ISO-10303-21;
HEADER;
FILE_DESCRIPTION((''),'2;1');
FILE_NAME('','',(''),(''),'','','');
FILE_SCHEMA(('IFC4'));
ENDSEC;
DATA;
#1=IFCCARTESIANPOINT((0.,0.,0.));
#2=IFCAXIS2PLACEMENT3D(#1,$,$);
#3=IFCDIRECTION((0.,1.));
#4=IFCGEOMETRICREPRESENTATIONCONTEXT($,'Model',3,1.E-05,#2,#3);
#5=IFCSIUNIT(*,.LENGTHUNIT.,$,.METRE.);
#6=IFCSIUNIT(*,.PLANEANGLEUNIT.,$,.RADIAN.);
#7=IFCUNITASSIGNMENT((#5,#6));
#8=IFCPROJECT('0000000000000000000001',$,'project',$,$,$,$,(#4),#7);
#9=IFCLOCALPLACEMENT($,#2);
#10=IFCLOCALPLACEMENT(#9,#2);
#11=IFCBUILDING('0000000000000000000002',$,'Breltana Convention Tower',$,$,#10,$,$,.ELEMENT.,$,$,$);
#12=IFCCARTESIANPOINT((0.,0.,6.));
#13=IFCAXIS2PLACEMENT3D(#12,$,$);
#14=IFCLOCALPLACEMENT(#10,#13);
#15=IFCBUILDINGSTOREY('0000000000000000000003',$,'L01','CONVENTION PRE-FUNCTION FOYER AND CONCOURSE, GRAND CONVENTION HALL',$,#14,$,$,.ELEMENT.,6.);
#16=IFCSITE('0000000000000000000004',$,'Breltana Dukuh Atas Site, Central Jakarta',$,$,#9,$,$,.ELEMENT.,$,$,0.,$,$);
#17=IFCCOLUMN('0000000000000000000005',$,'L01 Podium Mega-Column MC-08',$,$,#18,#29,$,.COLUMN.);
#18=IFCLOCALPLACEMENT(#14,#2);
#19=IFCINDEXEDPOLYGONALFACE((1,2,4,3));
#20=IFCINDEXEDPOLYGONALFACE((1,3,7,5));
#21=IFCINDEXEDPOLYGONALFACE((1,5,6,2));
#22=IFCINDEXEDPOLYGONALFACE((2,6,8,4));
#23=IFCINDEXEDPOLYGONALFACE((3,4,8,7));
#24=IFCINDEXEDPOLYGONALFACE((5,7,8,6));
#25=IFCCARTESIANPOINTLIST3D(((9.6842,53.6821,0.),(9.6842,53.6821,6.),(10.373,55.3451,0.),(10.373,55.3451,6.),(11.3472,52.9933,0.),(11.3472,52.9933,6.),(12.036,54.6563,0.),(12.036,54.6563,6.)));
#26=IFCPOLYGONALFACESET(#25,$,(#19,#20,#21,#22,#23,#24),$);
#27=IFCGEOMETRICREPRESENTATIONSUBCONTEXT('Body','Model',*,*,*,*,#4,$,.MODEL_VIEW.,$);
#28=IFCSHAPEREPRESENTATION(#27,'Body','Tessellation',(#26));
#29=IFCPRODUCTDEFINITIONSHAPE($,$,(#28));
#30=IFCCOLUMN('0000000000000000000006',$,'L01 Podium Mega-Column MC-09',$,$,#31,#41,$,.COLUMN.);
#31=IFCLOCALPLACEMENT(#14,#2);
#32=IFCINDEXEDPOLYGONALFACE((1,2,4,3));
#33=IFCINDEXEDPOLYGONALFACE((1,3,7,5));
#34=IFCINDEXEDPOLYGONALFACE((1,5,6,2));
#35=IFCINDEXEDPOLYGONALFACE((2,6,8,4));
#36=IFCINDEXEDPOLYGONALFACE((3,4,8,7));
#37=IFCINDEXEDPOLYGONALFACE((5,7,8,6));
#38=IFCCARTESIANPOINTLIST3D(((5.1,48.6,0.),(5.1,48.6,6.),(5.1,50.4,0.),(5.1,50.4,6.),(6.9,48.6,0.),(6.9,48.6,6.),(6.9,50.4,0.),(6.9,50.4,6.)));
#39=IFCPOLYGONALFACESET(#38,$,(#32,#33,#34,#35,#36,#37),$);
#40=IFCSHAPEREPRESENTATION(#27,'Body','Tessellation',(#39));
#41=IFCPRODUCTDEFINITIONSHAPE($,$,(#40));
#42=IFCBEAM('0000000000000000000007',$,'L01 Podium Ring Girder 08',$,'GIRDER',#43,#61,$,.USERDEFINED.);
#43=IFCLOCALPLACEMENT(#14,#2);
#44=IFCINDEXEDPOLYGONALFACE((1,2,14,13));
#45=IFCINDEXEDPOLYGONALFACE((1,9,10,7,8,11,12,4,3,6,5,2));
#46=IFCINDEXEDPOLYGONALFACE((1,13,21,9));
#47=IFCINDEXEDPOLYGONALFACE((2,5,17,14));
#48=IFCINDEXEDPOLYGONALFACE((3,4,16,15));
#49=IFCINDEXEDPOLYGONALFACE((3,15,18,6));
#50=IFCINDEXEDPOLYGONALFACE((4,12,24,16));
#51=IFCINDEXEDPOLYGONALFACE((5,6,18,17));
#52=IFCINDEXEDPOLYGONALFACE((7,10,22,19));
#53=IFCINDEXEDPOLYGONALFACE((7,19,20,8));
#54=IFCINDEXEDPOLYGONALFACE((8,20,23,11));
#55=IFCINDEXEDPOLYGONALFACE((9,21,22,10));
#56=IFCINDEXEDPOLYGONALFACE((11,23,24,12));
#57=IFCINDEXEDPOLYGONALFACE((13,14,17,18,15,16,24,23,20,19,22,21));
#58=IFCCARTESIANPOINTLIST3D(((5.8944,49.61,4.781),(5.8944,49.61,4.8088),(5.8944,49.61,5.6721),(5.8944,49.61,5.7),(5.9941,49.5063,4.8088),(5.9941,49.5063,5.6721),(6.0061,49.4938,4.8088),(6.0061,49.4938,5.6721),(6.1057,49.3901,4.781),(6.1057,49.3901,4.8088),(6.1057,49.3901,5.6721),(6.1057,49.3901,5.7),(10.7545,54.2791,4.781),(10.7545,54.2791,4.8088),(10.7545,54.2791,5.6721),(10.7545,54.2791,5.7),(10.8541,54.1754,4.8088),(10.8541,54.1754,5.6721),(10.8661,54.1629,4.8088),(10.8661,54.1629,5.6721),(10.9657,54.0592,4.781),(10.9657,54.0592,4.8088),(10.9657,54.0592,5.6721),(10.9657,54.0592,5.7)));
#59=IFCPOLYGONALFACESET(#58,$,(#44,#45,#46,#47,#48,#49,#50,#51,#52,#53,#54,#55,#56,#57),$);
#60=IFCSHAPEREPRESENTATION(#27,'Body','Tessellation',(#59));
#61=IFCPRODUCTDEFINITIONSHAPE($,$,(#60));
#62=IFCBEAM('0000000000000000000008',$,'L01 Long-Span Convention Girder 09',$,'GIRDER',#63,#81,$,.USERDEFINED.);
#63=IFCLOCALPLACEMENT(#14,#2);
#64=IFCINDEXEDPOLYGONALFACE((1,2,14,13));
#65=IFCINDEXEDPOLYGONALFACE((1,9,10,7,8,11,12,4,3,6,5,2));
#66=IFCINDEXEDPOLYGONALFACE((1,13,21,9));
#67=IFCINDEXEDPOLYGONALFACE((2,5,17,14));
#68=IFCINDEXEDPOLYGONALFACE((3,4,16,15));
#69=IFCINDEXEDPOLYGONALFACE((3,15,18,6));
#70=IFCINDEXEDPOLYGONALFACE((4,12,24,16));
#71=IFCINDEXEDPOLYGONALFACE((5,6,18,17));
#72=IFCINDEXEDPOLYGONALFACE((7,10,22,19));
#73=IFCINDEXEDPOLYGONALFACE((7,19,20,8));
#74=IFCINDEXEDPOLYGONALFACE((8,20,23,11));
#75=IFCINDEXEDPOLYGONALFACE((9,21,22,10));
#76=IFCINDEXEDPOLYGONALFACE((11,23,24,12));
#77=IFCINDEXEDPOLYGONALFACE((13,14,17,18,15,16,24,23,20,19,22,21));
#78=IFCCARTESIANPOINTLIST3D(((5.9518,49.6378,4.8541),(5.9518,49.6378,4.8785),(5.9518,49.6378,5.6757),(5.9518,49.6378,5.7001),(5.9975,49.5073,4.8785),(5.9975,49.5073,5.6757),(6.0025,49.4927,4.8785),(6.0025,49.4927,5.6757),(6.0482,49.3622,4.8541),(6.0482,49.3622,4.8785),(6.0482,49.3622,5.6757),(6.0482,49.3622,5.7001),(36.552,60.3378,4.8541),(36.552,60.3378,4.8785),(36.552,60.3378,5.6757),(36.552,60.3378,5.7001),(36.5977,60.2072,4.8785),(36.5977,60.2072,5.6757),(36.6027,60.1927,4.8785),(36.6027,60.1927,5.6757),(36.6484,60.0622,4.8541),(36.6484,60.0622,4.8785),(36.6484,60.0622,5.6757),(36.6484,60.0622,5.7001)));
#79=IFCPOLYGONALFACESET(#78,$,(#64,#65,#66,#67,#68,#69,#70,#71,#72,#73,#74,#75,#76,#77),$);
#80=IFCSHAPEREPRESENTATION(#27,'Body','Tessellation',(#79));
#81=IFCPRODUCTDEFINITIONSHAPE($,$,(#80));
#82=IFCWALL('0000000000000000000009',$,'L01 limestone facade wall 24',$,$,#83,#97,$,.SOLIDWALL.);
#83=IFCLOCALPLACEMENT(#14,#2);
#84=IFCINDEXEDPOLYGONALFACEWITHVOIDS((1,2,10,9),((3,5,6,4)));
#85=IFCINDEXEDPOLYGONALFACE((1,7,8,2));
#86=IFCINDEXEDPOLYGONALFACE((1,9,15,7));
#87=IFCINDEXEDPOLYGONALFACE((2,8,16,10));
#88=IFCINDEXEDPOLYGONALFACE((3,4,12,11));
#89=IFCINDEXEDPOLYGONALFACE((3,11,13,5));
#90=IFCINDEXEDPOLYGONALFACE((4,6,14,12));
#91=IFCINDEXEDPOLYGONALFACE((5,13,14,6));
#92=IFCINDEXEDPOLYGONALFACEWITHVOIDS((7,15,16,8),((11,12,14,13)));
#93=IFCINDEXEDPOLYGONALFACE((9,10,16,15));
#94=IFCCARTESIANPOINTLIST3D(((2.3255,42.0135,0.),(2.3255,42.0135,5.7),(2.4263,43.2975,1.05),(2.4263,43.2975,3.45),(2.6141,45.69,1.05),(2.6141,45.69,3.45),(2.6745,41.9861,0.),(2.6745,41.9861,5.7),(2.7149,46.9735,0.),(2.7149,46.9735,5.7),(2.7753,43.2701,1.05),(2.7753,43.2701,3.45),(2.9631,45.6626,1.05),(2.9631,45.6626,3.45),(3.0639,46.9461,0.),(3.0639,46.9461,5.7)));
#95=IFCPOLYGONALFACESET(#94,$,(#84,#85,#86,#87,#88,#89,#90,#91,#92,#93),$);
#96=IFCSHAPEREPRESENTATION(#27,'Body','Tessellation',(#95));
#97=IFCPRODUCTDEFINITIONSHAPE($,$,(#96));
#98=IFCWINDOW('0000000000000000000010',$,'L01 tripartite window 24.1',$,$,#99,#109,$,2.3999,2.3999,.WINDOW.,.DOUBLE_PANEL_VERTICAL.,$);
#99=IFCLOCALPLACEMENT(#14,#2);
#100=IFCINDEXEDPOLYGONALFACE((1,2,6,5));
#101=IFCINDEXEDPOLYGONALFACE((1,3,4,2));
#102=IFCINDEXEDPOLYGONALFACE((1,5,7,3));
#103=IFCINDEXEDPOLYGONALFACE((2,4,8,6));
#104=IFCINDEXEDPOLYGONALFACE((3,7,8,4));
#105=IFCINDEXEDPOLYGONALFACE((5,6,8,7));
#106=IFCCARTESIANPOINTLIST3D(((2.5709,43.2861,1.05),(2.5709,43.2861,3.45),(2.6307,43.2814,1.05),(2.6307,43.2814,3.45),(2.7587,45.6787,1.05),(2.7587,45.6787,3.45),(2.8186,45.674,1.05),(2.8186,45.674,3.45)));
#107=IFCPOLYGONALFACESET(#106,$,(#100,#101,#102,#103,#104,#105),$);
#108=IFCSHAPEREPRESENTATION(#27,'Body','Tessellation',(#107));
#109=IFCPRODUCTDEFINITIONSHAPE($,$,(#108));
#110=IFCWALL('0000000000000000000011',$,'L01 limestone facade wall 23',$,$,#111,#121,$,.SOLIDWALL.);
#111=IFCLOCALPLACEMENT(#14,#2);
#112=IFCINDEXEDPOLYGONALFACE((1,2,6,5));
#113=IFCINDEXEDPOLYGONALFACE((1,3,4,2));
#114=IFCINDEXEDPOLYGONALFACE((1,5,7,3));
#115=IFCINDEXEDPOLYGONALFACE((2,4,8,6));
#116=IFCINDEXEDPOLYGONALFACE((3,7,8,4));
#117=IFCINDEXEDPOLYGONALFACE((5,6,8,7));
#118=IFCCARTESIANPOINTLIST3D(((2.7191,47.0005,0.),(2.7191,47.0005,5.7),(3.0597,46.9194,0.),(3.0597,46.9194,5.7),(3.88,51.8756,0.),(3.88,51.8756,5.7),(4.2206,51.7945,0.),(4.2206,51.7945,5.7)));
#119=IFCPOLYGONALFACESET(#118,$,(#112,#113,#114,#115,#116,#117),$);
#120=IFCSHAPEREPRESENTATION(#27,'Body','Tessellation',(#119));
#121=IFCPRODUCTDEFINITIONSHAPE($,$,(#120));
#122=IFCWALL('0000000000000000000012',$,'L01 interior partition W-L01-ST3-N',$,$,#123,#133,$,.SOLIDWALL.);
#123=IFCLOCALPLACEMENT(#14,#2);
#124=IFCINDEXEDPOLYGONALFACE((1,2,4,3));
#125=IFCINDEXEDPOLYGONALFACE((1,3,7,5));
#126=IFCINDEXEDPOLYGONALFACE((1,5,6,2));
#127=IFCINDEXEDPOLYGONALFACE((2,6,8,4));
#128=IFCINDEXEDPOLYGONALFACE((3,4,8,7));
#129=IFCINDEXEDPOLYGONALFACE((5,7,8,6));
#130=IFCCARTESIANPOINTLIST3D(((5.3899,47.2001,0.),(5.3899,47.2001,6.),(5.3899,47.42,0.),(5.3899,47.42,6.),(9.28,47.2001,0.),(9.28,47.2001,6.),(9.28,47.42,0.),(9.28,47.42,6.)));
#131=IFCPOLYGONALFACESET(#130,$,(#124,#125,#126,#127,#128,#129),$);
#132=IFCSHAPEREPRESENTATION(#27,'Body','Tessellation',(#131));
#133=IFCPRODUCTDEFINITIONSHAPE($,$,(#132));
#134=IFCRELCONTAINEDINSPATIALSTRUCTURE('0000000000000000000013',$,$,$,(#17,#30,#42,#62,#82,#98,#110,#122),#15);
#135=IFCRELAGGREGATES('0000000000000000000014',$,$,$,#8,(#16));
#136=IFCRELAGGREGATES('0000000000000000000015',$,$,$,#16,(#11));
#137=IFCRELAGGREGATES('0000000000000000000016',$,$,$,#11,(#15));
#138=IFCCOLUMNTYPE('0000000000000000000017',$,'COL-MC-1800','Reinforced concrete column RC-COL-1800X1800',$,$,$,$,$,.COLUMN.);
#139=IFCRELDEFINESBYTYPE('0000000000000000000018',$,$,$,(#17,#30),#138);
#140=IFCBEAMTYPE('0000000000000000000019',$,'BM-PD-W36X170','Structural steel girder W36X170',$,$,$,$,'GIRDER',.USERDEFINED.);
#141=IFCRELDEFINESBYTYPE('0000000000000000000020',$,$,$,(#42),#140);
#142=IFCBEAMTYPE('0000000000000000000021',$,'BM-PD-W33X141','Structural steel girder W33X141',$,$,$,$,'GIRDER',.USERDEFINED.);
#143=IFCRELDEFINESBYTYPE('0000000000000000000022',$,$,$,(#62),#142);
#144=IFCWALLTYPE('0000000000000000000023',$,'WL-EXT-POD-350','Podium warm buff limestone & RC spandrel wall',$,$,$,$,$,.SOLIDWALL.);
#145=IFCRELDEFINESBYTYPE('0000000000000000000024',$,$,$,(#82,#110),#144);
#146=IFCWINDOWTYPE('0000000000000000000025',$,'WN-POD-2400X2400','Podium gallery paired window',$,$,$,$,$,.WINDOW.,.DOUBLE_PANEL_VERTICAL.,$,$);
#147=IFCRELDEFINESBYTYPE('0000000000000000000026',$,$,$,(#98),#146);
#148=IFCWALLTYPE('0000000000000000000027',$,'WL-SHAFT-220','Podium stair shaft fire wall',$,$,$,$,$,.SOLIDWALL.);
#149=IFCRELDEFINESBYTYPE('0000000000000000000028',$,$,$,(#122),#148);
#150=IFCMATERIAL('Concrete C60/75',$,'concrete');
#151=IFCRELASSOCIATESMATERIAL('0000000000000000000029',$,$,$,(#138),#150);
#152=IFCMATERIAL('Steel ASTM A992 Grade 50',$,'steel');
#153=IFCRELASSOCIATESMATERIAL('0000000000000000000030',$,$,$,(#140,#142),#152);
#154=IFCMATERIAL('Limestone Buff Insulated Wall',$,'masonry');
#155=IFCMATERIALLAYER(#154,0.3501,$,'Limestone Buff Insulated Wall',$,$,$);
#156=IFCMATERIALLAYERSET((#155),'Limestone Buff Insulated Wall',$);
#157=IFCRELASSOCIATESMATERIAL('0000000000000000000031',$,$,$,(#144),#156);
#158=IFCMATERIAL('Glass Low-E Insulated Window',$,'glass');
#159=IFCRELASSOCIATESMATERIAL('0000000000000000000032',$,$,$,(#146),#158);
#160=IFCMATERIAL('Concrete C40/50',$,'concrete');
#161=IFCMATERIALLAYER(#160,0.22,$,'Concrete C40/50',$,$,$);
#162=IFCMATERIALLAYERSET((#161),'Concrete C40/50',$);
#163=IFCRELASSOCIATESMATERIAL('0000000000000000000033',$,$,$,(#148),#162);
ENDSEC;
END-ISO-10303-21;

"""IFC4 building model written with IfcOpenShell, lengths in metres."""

from ifc_helpers import new_model, si_unit, direction, frame, frame_2d, origin, origin_2d, place, context, subcontext, project, spatial, rectangle, i_section, extrude, source, transform, mapped, material, layer, layer_set, material_profile, profile_set, type_object, type_shapes, element, fill, save


model = new_model("IFC4")

# Units and contexts
model_context = context("Model", 3, precision=1e-05, world=origin(), true_north=direction((0.0, 1.0)))
body_context = subcontext(model_context, "Body", "Model", "MODEL_VIEW")
ifc_project = project(units=[si_unit("LENGTHUNIT", "METRE"), si_unit("PLANEANGLEUNIT", "RADIAN")], contexts=[model_context])

# Site, building, storey
site_placement = place(None, origin())
site = spatial("IfcSite", under=ifc_project, at=site_placement, Name="Breltana Dukuh Atas Site, Central Jakarta", CompositionType="ELEMENT", RefElevation=0.0)
building_placement = place(site_placement, origin())
building = spatial("IfcBuilding", under=site, at=building_placement, Name="Breltana Convention Tower", CompositionType="ELEMENT")
storey_placement = place(building_placement, frame((0.0, 0.0, 6.0)))
storey = spatial("IfcBuildingStorey", under=building, at=storey_placement, Name="L01", Description="CONVENTION PRE-FUNCTION FOYER AND CONCOURSE, GRAND CONVENTION HALL", CompositionType="ELEMENT", Elevation=6.0)

# Columns
ifc_material_1 = material(Name="Concrete C60/75", Category="concrete")
ifc_material_profile_1 = material_profile(ifc_material_1, rectangle(XDim=1.8, YDim=1.8, at=origin_2d()), Name="RC-COL-1800X1800")
ifc_profile_set_1 = profile_set([ifc_material_profile_1], Name="Concrete C60/75")
column_type = type_object("IfcColumnType", Name="COL-MC-1800", Description="Reinforced concrete column RC-COL-1800X1800", PredefinedType="COLUMN", material=ifc_profile_set_1)
shared_shape_1 = source(origin(), body_context, "Body", "SweptSolid", [
    extrude(rectangle(XDim=1.8, YDim=1.8, at=origin_2d()), origin(), (0.0, 0.0, 1.0), 6.0),
])
type_shapes(column_type, [shared_shape_1])
for number, where, z_axis, x_axis, name in (
    (1, (10.8601, 54.1692, 0.0), (0.0, 0.0, 1.0), (-0.92388, 0.382683, 0.0), "L01 Podium Mega-Column MC-08"),
    (2, (6.0, 49.5, 0.0), (0.0, 0.0, 1.0), (-1.0, 0.0, 0.0), "L01 Podium Mega-Column MC-09"),
):
    element("IfcColumn", number, at=place(storey_placement, frame(where, z_axis=z_axis, x_axis=x_axis)), inside=storey, type_object=column_type, Name=name, PredefinedType="COLUMN", context=body_context, shape_type="MappedRepresentation", body=[
        mapped(shared_shape_1, transform((0.0, 0.0, 0.0), scale=1.0)),
    ])

# Beams
ifc_material_2 = material(Name="Steel ASTM A992 Grade 50", Category="steel")
ifc_material_profile_2 = material_profile(ifc_material_2, i_section(OverallWidth=0.3049, OverallDepth=0.9189, WebThickness=0.0173, FlangeThickness=0.0278, at=origin_2d()), Name="W36X170")
ifc_profile_set_2 = profile_set([ifc_material_profile_2], Name="Steel ASTM A992 Grade 50")
beam_type_1 = type_object("IfcBeamType", Name="BM-PD-W36X170", Description="Structural steel girder W36X170", ElementType="GIRDER", PredefinedType="USERDEFINED", material=ifc_profile_set_2)
shared_shape_2 = source(origin(), body_context, "Body", "SweptSolid", [
    extrude(i_section(OverallWidth=0.3049, OverallDepth=0.9189, WebThickness=0.0173, FlangeThickness=0.0278, at=origin_2d()), origin(), (0.0, 0.0, 1.0), 6.7395),
])
type_shapes(beam_type_1, [shared_shape_2])
beam_1_placement = place(storey_placement, frame((10.8601, 54.1692, 5.2405), z_axis=(-0.721129, -0.692801, 0.0), x_axis=(0.692801, -0.721129, 0.0)))
element("IfcBeam", 3, at=beam_1_placement, inside=storey, type_object=beam_type_1, Name="L01 Podium Ring Girder 08", ObjectType="GIRDER", PredefinedType="USERDEFINED", context=body_context, shape_type="MappedRepresentation", body=[
    mapped(shared_shape_2, transform((0.0, 0.0, 0.0), scale=1.0)),
])
ifc_material_profile_3 = material_profile(ifc_material_2, i_section(OverallWidth=0.292, OverallDepth=0.8459, WebThickness=0.0154, FlangeThickness=0.0244, at=origin_2d()), Name="W33X141")
ifc_profile_set_3 = profile_set([ifc_material_profile_3], Name="Steel ASTM A992 Grade 50")
beam_type_2 = type_object("IfcBeamType", Name="BM-PD-W33X141", Description="Structural steel girder W33X141", ElementType="GIRDER", PredefinedType="USERDEFINED", material=ifc_profile_set_3)
shared_shape_3 = source(origin(), body_context, "Body", "SweptSolid", [
    extrude(i_section(OverallWidth=0.292, OverallDepth=0.8459, WebThickness=0.0154, FlangeThickness=0.0244, at=origin_2d()), origin(), (0.0, 0.0, 1.0), 32.417),
])
type_shapes(beam_type_2, [shared_shape_3])
beam_2_placement = place(storey_placement, frame((6.0, 49.5, 5.2771), z_axis=(0.943955, 0.330073, 0.0), x_axis=(-0.330073, 0.943955, 0.0)))
element("IfcBeam", 4, at=beam_2_placement, inside=storey, type_object=beam_type_2, Name="L01 Long-Span Convention Girder 09", ObjectType="GIRDER", PredefinedType="USERDEFINED", context=body_context, shape_type="MappedRepresentation", body=[
    mapped(shared_shape_3, transform((0.0, 0.0, 0.0), scale=1.0)),
])

# Wall, opening, window
ifc_material_3 = material(Name="Limestone Buff Insulated Wall", Category="masonry")
ifc_layer_1 = layer(ifc_material_3, 0.3501, Name="Limestone Buff Insulated Wall")
ifc_layer_set_1 = layer_set([ifc_layer_1], Name="Limestone Buff Insulated Wall")
wall_type_1 = type_object("IfcWallType", Name="WL-EXT-POD-350", Description="Podium warm buff limestone & RC spandrel wall", PredefinedType="SOLIDWALL", material=ifc_layer_set_1)
shared_shape_4 = source(origin(), body_context, "Body", "SweptSolid", [
    extrude(rectangle(XDim=4.9753, YDim=0.3501, at=frame_2d((2.4878, 0.0))), origin(), (0.0, 0.0, 1.0), 5.7),
])
type_shapes(wall_type_1, [shared_shape_4])
wall_1_placement = place(storey_placement, frame((2.8894, 46.96, 0.0), z_axis=(0.0, 0.0, 1.0), x_axis=(-0.078269, -0.996932, 0.0)))
wall_1 = element("IfcWall", 5, at=wall_1_placement, inside=storey, type_object=wall_type_1, Name="L01 limestone facade wall 24", PredefinedType="SOLIDWALL", context=body_context, shape_type="MappedRepresentation", body=[
    mapped(shared_shape_4, transform((0.0, 0.0, 0.0), scale=1.0)),
])
opening_1_placement = place(wall_1_placement, frame((1.2876, 0.0, 1.05)))
opening_1 = element("IfcOpeningElement", 6, at=opening_1_placement, cuts=wall_1, PredefinedType="OPENING", context=body_context, shape_type="SweptSolid", body=[
    extrude(rectangle(XDim=2.3999, YDim=2.3999, at=frame_2d((1.2, 1.2))), frame((0.0, 0.1851, 0.0), z_axis=(0.0, -1.0, 0.0), x_axis=(1.0, 0.0, 0.0)), (0.0, 0.0, 1.0), 0.3701),
])
ifc_material_4 = material(Name="Glass Low-E Insulated Window", Category="glass")
window_type = type_object("IfcWindowType", Name="WN-POD-2400X2400", Description="Podium gallery paired window", PartitioningType="DOUBLE_PANEL_VERTICAL", PredefinedType="WINDOW", material=ifc_material_4)
shared_shape_5 = source(origin(), body_context, "Body", "SweptSolid", [
    extrude(rectangle(XDim=2.3999, YDim=2.3999, at=frame_2d((1.2, 1.2))), frame((0.0, 0.03, 0.0), z_axis=(0.0, -1.0, 0.0), x_axis=(1.0, 0.0, 0.0)), (0.0, 0.0, 1.0), 0.0601),
])
type_shapes(window_type, [shared_shape_5])
window_placement = place(opening_1_placement, origin())
window = element("IfcWindow", 7, at=window_placement, inside=storey, type_object=window_type, Name="L01 tripartite window 24.1", OverallHeight=2.3999, OverallWidth=2.3999, PartitioningType="DOUBLE_PANEL_VERTICAL", PredefinedType="WINDOW", context=body_context, shape_type="MappedRepresentation", body=[
    mapped(shared_shape_5, transform((0.0, 0.0, 0.0), scale=1.0)),
])
fill(opening_1, window)

# Walls
shared_shape_6 = source(origin(), body_context, "Body", "SweptSolid", [
    extrude(rectangle(XDim=5.0115, YDim=0.3501, at=frame_2d((2.5059, 0.0))), origin(), (0.0, 0.0, 1.0), 5.7),
])
wall_2_placement = place(storey_placement, frame((4.0503, 51.8352, 0.0), z_axis=(0.0, 0.0, 1.0), x_axis=(-0.231642, -0.972801, 0.0)))
element("IfcWall", 8, at=wall_2_placement, inside=storey, type_object=wall_type_1, Name="L01 limestone facade wall 23", PredefinedType="SOLIDWALL", context=body_context, shape_type="MappedRepresentation", body=[
    mapped(shared_shape_6, transform((0.0, 0.0, 0.0), scale=1.0)),
])
ifc_material_5 = material(Name="Concrete C40/50", Category="concrete")
ifc_layer_2 = layer(ifc_material_5, 0.22, Name="Concrete C40/50")
ifc_layer_set_2 = layer_set([ifc_layer_2], Name="Concrete C40/50")
wall_type_2 = type_object("IfcWallType", Name="WL-SHAFT-220", Description="Podium stair shaft fire wall", PredefinedType="SOLIDWALL", material=ifc_layer_set_2)
shared_shape_7 = source(origin(), body_context, "Body", "SweptSolid", [
    extrude(rectangle(XDim=3.8901, YDim=0.22, at=frame_2d((1.9451, 0.0))), origin(), (0.0, 0.0, 1.0), 6.0),
])
wall_3_placement = place(storey_placement, frame((5.3899, 47.3101, 0.0), z_axis=(0.0, 0.0, 1.0), x_axis=(1.0, 0.0, 0.0)))
element("IfcWall", 9, at=wall_3_placement, inside=storey, type_object=wall_type_2, Name="L01 interior partition W-L01-ST3-N", PredefinedType="SOLIDWALL", context=body_context, shape_type="MappedRepresentation", body=[
    mapped(shared_shape_7, transform((0.0, 0.0, 0.0), scale=1.0)),
])

save(model, "model.ifc")
